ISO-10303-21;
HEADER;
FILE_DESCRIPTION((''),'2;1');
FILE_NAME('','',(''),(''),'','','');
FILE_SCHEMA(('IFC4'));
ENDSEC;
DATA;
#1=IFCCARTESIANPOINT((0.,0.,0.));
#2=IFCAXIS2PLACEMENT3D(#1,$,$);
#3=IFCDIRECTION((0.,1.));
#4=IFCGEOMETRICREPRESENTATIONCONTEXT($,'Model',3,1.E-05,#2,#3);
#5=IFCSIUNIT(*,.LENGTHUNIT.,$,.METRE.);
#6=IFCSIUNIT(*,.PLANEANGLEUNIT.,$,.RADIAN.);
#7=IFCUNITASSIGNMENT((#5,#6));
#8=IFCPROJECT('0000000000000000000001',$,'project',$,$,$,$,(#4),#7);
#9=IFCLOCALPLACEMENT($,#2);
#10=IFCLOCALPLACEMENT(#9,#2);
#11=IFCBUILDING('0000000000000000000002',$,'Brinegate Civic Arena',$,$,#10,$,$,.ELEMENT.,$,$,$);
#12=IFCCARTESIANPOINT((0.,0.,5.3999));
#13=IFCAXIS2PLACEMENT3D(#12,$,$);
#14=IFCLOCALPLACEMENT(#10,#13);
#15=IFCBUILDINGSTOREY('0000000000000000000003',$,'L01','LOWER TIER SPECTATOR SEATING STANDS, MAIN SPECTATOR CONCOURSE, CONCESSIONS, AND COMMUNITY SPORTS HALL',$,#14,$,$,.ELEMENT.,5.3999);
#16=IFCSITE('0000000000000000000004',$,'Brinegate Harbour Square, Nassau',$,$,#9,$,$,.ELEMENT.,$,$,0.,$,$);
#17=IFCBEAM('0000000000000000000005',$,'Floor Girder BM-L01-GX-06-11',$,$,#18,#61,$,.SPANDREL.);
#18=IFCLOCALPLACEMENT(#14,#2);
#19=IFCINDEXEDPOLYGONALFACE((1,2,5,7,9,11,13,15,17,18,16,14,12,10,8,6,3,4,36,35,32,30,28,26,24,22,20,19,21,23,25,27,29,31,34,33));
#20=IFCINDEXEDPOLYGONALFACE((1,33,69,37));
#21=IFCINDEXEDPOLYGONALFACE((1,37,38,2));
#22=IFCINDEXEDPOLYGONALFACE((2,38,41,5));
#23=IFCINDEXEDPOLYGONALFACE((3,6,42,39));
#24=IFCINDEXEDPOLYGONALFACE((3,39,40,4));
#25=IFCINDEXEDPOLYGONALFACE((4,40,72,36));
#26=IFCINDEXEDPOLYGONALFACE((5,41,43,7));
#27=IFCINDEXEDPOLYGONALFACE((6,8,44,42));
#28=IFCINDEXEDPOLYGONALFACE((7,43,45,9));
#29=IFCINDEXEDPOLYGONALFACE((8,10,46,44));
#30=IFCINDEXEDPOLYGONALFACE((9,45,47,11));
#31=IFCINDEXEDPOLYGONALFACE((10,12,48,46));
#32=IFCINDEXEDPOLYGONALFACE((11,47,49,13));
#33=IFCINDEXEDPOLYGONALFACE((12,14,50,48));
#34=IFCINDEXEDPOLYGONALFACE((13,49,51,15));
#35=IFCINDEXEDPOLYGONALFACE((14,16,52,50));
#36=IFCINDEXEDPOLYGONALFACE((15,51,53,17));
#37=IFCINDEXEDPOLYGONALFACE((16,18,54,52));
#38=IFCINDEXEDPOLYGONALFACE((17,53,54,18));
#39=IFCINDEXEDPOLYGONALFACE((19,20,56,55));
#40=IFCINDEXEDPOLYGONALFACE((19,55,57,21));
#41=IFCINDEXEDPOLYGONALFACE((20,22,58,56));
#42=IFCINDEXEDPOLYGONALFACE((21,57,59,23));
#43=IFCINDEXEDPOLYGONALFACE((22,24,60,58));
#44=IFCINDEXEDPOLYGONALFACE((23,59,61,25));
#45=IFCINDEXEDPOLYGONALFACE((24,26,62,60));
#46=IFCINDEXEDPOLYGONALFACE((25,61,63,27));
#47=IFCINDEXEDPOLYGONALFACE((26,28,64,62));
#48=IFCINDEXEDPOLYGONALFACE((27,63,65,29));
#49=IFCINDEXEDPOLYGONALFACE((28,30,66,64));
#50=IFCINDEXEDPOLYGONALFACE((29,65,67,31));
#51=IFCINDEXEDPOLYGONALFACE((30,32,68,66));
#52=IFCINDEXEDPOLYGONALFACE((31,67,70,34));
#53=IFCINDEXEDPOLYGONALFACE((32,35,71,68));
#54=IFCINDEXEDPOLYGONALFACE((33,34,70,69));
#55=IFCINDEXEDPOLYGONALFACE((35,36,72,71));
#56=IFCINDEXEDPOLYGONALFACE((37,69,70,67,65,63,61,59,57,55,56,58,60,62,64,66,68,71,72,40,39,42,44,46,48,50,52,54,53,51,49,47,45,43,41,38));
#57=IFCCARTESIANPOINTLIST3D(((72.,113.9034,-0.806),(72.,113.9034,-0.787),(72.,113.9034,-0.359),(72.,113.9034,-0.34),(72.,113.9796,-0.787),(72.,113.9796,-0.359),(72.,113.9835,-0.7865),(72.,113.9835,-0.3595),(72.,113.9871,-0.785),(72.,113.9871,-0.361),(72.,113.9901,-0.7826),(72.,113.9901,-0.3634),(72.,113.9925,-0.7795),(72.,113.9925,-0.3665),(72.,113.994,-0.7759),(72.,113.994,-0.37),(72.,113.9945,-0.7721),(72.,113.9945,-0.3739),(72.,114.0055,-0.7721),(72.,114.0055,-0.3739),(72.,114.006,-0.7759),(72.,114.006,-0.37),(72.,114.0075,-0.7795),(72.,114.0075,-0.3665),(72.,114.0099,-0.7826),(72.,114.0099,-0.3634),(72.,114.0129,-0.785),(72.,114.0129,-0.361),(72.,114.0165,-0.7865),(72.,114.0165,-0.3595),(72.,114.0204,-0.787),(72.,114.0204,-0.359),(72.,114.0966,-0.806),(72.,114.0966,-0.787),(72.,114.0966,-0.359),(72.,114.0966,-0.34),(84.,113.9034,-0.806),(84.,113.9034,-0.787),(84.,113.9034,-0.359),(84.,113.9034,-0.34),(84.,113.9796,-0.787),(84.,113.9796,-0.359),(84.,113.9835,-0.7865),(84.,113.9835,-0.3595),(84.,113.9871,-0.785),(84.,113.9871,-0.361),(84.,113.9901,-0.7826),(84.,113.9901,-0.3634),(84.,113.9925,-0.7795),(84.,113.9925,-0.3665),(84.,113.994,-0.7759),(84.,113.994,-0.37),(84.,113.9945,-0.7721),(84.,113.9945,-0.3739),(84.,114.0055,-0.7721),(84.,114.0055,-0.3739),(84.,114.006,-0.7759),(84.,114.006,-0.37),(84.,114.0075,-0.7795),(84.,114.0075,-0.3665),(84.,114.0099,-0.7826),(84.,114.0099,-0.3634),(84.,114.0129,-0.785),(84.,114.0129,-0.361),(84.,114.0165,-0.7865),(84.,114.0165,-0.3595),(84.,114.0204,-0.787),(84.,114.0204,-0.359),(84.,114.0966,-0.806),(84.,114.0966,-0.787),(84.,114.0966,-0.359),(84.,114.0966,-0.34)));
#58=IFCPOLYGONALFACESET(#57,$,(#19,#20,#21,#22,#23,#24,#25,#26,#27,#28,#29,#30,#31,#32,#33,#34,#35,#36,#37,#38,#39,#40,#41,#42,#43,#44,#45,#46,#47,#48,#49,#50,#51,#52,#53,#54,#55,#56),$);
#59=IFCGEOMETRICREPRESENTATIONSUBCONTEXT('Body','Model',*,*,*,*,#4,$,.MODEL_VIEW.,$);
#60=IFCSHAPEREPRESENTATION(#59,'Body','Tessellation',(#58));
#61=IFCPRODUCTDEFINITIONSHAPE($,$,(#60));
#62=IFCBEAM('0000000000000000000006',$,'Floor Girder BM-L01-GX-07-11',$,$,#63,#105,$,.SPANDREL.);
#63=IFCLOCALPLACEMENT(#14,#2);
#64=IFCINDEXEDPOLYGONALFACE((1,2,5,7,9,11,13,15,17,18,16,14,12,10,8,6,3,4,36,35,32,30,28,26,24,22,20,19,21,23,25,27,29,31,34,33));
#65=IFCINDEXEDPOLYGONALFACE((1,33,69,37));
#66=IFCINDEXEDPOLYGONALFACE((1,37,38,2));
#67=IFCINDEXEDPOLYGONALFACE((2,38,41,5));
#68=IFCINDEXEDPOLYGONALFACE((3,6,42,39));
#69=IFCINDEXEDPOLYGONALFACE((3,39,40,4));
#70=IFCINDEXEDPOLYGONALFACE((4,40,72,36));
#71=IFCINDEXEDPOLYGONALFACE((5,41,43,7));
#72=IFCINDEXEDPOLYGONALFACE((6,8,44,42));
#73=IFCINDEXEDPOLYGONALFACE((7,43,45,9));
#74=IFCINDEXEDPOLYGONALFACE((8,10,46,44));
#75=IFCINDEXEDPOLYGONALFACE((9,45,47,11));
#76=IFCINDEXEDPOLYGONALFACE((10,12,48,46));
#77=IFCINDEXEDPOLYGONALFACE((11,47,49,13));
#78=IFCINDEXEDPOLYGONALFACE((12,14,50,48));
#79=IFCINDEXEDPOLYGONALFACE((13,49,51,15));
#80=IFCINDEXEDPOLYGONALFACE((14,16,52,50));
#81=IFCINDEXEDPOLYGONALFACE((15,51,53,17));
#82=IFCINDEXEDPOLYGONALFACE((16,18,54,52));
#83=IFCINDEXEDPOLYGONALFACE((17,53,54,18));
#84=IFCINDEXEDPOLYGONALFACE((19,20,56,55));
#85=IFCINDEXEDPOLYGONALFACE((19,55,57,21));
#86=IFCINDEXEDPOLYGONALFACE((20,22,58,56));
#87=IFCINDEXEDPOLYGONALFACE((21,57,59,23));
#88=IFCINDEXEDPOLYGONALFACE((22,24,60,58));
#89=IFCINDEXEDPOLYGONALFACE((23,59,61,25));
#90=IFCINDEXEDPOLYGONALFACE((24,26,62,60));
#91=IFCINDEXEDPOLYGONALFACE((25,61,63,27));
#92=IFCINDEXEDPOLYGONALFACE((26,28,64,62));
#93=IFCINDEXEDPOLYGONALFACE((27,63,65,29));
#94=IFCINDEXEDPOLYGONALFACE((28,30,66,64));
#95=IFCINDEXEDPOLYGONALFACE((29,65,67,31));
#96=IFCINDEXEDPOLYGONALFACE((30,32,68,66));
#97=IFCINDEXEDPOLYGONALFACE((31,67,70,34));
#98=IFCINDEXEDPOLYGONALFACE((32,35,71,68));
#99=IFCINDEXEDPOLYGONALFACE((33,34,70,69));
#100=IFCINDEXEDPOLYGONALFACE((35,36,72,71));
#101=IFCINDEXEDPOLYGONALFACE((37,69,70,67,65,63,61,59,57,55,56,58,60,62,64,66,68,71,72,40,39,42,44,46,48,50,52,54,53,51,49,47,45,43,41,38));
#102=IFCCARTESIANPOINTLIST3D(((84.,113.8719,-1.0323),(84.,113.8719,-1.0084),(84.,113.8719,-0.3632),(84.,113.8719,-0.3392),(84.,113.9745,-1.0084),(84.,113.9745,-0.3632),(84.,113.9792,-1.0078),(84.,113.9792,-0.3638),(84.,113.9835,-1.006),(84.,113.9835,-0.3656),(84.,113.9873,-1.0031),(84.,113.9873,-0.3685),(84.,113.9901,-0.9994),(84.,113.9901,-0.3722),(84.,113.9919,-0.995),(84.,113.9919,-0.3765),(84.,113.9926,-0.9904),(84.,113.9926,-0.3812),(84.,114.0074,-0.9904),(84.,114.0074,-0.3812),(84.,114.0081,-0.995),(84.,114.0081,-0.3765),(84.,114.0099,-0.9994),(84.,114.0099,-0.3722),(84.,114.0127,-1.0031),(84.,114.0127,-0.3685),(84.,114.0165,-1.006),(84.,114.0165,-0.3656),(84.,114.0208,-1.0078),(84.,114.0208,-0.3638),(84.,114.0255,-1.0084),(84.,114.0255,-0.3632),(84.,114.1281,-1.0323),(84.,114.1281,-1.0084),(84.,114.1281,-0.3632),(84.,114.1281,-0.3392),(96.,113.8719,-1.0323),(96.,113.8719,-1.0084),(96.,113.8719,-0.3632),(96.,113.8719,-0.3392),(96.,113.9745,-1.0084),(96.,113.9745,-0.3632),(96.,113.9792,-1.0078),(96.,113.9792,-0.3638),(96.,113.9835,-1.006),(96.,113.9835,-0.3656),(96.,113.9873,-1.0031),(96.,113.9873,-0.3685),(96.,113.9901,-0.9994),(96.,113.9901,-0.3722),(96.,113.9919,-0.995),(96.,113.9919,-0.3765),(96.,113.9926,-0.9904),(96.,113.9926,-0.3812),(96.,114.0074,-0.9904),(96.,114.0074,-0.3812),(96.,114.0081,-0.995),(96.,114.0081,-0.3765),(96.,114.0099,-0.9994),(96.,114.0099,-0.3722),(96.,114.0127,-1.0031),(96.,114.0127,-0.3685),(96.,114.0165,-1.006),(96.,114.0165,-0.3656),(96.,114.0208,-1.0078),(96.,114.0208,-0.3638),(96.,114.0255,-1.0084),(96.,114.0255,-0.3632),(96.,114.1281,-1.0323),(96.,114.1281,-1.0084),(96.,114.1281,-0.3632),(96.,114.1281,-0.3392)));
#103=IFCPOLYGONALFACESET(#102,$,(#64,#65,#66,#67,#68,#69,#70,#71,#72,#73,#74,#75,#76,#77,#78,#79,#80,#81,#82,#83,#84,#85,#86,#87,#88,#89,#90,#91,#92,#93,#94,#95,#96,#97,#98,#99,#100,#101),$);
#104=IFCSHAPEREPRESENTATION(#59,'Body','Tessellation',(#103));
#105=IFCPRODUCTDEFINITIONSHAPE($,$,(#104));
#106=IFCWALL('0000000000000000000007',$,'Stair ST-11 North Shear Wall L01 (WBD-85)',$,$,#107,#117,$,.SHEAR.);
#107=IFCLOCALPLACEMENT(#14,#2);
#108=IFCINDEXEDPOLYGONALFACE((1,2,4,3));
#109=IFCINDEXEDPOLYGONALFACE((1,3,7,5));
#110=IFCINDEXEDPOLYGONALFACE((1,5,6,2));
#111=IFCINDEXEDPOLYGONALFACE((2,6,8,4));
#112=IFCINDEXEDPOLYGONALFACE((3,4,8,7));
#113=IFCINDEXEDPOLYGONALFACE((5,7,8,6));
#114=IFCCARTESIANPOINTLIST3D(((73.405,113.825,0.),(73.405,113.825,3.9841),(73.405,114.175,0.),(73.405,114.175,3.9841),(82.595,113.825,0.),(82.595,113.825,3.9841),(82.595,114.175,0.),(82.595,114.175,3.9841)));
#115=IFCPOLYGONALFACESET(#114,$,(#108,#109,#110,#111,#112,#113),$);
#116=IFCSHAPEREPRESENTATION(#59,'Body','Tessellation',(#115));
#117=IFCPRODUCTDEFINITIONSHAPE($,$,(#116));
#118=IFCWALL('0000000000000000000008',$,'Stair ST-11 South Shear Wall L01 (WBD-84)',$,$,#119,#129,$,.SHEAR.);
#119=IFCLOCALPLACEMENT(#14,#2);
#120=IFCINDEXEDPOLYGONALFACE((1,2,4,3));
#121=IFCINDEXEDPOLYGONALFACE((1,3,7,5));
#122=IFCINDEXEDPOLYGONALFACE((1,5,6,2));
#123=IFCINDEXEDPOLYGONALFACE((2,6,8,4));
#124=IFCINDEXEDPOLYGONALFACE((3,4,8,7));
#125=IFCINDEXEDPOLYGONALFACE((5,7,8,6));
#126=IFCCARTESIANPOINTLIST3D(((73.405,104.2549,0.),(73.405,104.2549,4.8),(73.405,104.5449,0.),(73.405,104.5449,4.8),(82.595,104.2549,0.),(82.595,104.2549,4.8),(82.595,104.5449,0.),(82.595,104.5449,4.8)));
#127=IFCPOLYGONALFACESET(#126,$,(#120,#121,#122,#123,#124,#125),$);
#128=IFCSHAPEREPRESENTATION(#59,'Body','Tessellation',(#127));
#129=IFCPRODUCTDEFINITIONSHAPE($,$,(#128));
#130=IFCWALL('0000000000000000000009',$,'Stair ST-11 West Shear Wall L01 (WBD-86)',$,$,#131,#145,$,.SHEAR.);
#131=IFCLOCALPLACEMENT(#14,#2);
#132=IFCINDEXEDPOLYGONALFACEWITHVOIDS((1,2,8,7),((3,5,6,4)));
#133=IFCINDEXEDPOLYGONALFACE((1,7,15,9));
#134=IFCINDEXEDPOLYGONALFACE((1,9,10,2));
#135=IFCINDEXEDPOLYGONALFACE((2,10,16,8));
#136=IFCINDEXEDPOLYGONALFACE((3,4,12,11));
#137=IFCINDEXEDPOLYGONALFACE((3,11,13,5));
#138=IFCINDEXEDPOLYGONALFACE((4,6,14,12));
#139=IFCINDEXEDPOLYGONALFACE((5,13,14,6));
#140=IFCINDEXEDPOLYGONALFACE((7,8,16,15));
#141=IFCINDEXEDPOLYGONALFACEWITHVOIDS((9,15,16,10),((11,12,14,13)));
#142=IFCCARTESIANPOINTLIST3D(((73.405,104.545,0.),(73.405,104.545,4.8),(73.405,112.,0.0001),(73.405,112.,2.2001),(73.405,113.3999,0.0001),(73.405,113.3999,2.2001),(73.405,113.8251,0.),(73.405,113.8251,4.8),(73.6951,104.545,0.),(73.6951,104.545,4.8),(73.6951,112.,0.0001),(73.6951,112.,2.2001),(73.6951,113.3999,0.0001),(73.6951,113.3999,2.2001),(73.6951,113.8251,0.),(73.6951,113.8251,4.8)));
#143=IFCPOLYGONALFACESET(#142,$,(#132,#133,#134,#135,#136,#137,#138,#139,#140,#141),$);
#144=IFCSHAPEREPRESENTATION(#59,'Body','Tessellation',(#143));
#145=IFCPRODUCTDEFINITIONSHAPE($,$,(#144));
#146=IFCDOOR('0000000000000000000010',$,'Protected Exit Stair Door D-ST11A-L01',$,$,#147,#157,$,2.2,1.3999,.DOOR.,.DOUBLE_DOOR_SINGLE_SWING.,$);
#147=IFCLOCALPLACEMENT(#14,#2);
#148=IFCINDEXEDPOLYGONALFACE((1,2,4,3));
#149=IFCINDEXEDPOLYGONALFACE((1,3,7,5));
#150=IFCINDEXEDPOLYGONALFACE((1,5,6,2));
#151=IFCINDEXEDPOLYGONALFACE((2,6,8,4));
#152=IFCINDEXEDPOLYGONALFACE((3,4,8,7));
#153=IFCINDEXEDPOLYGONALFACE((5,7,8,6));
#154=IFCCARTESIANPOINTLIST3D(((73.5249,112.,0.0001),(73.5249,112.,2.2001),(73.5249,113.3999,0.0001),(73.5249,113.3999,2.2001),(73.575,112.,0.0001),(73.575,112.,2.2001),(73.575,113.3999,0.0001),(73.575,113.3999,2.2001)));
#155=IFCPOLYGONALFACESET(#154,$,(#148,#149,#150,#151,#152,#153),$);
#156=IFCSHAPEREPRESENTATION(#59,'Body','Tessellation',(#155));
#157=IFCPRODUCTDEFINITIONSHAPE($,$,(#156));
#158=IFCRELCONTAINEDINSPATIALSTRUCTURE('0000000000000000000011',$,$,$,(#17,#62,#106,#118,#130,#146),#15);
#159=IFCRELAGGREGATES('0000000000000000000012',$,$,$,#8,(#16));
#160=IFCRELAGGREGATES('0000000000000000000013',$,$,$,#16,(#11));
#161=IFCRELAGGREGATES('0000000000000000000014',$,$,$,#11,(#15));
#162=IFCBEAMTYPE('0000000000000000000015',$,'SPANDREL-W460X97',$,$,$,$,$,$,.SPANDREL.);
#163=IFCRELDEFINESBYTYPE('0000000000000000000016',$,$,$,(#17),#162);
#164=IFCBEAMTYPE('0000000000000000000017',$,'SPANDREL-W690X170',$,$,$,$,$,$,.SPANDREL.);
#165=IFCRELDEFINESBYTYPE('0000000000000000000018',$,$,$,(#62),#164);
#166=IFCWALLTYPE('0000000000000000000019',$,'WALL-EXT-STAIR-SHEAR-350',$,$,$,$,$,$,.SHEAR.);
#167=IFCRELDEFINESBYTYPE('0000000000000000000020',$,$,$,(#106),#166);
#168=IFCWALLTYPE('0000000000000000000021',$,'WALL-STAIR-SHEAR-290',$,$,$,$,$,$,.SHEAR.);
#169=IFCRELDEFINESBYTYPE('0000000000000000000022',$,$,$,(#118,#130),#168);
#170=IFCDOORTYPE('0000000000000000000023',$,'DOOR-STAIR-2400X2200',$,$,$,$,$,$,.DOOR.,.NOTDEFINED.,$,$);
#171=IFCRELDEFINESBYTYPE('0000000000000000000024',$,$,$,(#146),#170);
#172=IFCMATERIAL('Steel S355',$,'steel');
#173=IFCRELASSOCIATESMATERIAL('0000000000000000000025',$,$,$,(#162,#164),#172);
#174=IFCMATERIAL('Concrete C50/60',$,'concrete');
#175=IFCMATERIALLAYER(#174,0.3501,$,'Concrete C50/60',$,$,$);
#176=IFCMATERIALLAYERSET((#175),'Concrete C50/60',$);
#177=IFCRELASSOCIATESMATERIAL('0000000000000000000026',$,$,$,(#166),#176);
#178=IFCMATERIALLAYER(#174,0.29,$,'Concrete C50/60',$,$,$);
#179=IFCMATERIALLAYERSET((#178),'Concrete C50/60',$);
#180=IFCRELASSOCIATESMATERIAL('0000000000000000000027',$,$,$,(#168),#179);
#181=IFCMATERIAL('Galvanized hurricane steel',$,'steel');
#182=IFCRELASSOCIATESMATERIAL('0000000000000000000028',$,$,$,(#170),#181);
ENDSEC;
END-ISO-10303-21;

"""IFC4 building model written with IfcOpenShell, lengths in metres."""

from ifc_helpers import new_model, si_unit, direction, frame, frame_2d, origin, origin_2d, place, context, subcontext, project, spatial, rectangle, i_section, extrude, material, layer, layer_set, material_profile, profile_set, type_object, element, fill, save


model = new_model("IFC4")

# Units and contexts
model_context = context("Model", 3, precision=1e-05, world=origin(), true_north=direction((0.0, 1.0)))
body_context = subcontext(model_context, "Body", "Model", "MODEL_VIEW")
ifc_project = project(units=[si_unit("LENGTHUNIT", "METRE"), si_unit("PLANEANGLEUNIT", "RADIAN")], contexts=[model_context])

# Site, building, storey
site_placement = place(None, origin())
site = spatial("IfcSite", under=ifc_project, at=site_placement, Name="Brinegate Harbour Square, Nassau", CompositionType="ELEMENT", RefElevation=0.0)
building_placement = place(site_placement, origin())
building = spatial("IfcBuilding", under=site, at=building_placement, Name="Brinegate Civic Arena", CompositionType="ELEMENT")
storey_placement = place(building_placement, frame((0.0, 0.0, 5.3999)))
storey = spatial("IfcBuildingStorey", under=building, at=storey_placement, Name="L01", Description="LOWER TIER SPECTATOR SEATING STANDS, MAIN SPECTATOR CONCOURSE, CONCESSIONS, AND COMMUNITY SPORTS HALL", CompositionType="ELEMENT", Elevation=5.3999)

# Shared definitions
ifc_material_1 = material(Name="Concrete C50/60", Category="concrete")

# Beams
ifc_material_2 = material(Name="Steel S355", Category="steel")
ifc_material_profile_1 = material_profile(ifc_material_2, i_section(OverallWidth=0.1931, OverallDepth=0.4661, WebThickness=0.011, FlangeThickness=0.019, FilletRadius=0.0149, at=origin_2d()), Name="W460X97")
ifc_profile_set_1 = profile_set([ifc_material_profile_1], Name="Steel S355")
beam_type_1 = type_object("IfcBeamType", Name="SPANDREL-W460X97", PredefinedType="SPANDREL", material=ifc_profile_set_1)
beam_1_placement = place(storey_placement, frame((72.0, 114.0, -0.573), z_axis=(1.0, 0.0, 0.0), x_axis=(0.0, 1.0, 0.0)))
element("IfcBeam", 1, at=beam_1_placement, inside=storey, type_object=beam_type_1, Name="Floor Girder BM-L01-GX-06-11", PredefinedType="SPANDREL", context=body_context, shape_type="SweptSolid", body=[
    extrude(i_section(OverallWidth=0.1931, OverallDepth=0.4661, WebThickness=0.011, FlangeThickness=0.019, FilletRadius=0.0149, at=origin_2d()), origin(), (0.0, 0.0, 1.0), 12.0),
])
ifc_material_profile_2 = material_profile(ifc_material_2, i_section(OverallWidth=0.2561, OverallDepth=0.6931, WebThickness=0.0149, FlangeThickness=0.0239, FilletRadius=0.0181, at=origin_2d()), Name="W690X170")
ifc_profile_set_2 = profile_set([ifc_material_profile_2], Name="Steel S355")
beam_type_2 = type_object("IfcBeamType", Name="SPANDREL-W690X170", PredefinedType="SPANDREL", material=ifc_profile_set_2)
beam_2_placement = place(storey_placement, frame((84.0, 114.0, -0.6858), z_axis=(1.0, 0.0, 0.0), x_axis=(0.0, 1.0, 0.0)))
element("IfcBeam", 2, at=beam_2_placement, inside=storey, type_object=beam_type_2, Name="Floor Girder BM-L01-GX-07-11", PredefinedType="SPANDREL", context=body_context, shape_type="SweptSolid", body=[
    extrude(i_section(OverallWidth=0.2561, OverallDepth=0.6931, WebThickness=0.0149, FlangeThickness=0.0239, FilletRadius=0.0181, at=origin_2d()), origin(), (0.0, 0.0, 1.0), 12.0),
])

# Walls
ifc_layer_1 = layer(ifc_material_1, 0.3501, Name="Concrete C50/60")
ifc_layer_set_1 = layer_set([ifc_layer_1], Name="Concrete C50/60")
wall_type_1 = type_object("IfcWallType", Name="WALL-EXT-STAIR-SHEAR-350", PredefinedType="SHEAR", material=ifc_layer_set_1)
wall_1_placement = place(storey_placement, frame((73.405, 114.0, 0.0), z_axis=(0.0, 0.0, 1.0), x_axis=(1.0, 0.0, 0.0)))
element("IfcWall", 3, at=wall_1_placement, inside=storey, type_object=wall_type_1, Name="Stair ST-11 North Shear Wall L01 (WBD-85)", PredefinedType="SHEAR", context=body_context, shape_type="SweptSolid", body=[
    extrude(rectangle(XDim=9.1899, YDim=0.3501, at=frame_2d((4.595, 0.0))), origin(), (0.0, 0.0, 1.0), 3.9841),
])
ifc_layer_2 = layer(ifc_material_1, 0.29, Name="Concrete C50/60")
ifc_layer_set_2 = layer_set([ifc_layer_2], Name="Concrete C50/60")
wall_type_2 = type_object("IfcWallType", Name="WALL-STAIR-SHEAR-290", PredefinedType="SHEAR", material=ifc_layer_set_2)
wall_2_placement = place(storey_placement, frame((73.405, 104.3999, 0.0), z_axis=(0.0, 0.0, 1.0), x_axis=(1.0, 0.0, 0.0)))
element("IfcWall", 4, at=wall_2_placement, inside=storey, type_object=wall_type_2, Name="Stair ST-11 South Shear Wall L01 (WBD-84)", PredefinedType="SHEAR", context=body_context, shape_type="SweptSolid", body=[
    extrude(rectangle(XDim=9.1899, YDim=0.29, at=frame_2d((4.595, 0.0))), origin(), (0.0, 0.0, 1.0), 4.8),
])

# Wall, opening, door
wall_3_placement = place(storey_placement, frame((73.55, 104.5449, 0.0), z_axis=(0.0, 0.0, 1.0), x_axis=(0.0, 1.0, 0.0)))
wall_3 = element("IfcWall", 5, at=wall_3_placement, inside=storey, type_object=wall_type_2, Name="Stair ST-11 West Shear Wall L01 (WBD-86)", PredefinedType="SHEAR", context=body_context, shape_type="SweptSolid", body=[
    extrude(rectangle(XDim=9.28, YDim=0.29, at=frame_2d((4.6401, 0.0))), origin(), (0.0, 0.0, 1.0), 4.8),
])
opening_1_placement = place(wall_3_placement, frame((7.4551, 0.0, 0.0)))
opening_1 = element("IfcOpeningElement", 6, at=opening_1_placement, cuts=wall_3, PredefinedType="OPENING", context=body_context, shape_type="SweptSolid", body=[
    extrude(rectangle(XDim=1.3999, YDim=2.2, at=frame_2d((0.7, 1.1001))), frame((0.0, 0.155, 0.0), z_axis=(0.0, -1.0, 0.0), x_axis=(1.0, 0.0, 0.0)), (0.0, 0.0, 1.0), 0.3101),
])
ifc_material_3 = material(Name="Galvanized hurricane steel", Category="steel")
door_type_1 = type_object("IfcDoorType", Name="DOOR-STAIR-2400X2200", OperationType="NOTDEFINED", PredefinedType="DOOR", material=ifc_material_3)
door_1_placement = place(opening_1_placement, frame((1.3999, 0.0, 0.0), z_axis=(0.0, 0.0, 1.0), x_axis=(-1.0, 0.0, 0.0)))
door_1 = element("IfcDoor", 7, at=door_1_placement, inside=storey, type_object=door_type_1, Name="Protected Exit Stair Door D-ST11A-L01", OperationType="DOUBLE_DOOR_SINGLE_SWING", OverallHeight=2.2, OverallWidth=1.3999, PredefinedType="DOOR", context=body_context, shape_type="SweptSolid", body=[
    extrude(rectangle(XDim=1.3999, YDim=2.2, at=frame_2d((0.7, 1.1001))), frame((0.0, 0.0249, 0.0), z_axis=(0.0, -1.0, 0.0), x_axis=(1.0, 0.0, 0.0)), (0.0, 0.0, 1.0), 0.05),
])
fill(opening_1, door_1)

save(model, "model.ifc")
